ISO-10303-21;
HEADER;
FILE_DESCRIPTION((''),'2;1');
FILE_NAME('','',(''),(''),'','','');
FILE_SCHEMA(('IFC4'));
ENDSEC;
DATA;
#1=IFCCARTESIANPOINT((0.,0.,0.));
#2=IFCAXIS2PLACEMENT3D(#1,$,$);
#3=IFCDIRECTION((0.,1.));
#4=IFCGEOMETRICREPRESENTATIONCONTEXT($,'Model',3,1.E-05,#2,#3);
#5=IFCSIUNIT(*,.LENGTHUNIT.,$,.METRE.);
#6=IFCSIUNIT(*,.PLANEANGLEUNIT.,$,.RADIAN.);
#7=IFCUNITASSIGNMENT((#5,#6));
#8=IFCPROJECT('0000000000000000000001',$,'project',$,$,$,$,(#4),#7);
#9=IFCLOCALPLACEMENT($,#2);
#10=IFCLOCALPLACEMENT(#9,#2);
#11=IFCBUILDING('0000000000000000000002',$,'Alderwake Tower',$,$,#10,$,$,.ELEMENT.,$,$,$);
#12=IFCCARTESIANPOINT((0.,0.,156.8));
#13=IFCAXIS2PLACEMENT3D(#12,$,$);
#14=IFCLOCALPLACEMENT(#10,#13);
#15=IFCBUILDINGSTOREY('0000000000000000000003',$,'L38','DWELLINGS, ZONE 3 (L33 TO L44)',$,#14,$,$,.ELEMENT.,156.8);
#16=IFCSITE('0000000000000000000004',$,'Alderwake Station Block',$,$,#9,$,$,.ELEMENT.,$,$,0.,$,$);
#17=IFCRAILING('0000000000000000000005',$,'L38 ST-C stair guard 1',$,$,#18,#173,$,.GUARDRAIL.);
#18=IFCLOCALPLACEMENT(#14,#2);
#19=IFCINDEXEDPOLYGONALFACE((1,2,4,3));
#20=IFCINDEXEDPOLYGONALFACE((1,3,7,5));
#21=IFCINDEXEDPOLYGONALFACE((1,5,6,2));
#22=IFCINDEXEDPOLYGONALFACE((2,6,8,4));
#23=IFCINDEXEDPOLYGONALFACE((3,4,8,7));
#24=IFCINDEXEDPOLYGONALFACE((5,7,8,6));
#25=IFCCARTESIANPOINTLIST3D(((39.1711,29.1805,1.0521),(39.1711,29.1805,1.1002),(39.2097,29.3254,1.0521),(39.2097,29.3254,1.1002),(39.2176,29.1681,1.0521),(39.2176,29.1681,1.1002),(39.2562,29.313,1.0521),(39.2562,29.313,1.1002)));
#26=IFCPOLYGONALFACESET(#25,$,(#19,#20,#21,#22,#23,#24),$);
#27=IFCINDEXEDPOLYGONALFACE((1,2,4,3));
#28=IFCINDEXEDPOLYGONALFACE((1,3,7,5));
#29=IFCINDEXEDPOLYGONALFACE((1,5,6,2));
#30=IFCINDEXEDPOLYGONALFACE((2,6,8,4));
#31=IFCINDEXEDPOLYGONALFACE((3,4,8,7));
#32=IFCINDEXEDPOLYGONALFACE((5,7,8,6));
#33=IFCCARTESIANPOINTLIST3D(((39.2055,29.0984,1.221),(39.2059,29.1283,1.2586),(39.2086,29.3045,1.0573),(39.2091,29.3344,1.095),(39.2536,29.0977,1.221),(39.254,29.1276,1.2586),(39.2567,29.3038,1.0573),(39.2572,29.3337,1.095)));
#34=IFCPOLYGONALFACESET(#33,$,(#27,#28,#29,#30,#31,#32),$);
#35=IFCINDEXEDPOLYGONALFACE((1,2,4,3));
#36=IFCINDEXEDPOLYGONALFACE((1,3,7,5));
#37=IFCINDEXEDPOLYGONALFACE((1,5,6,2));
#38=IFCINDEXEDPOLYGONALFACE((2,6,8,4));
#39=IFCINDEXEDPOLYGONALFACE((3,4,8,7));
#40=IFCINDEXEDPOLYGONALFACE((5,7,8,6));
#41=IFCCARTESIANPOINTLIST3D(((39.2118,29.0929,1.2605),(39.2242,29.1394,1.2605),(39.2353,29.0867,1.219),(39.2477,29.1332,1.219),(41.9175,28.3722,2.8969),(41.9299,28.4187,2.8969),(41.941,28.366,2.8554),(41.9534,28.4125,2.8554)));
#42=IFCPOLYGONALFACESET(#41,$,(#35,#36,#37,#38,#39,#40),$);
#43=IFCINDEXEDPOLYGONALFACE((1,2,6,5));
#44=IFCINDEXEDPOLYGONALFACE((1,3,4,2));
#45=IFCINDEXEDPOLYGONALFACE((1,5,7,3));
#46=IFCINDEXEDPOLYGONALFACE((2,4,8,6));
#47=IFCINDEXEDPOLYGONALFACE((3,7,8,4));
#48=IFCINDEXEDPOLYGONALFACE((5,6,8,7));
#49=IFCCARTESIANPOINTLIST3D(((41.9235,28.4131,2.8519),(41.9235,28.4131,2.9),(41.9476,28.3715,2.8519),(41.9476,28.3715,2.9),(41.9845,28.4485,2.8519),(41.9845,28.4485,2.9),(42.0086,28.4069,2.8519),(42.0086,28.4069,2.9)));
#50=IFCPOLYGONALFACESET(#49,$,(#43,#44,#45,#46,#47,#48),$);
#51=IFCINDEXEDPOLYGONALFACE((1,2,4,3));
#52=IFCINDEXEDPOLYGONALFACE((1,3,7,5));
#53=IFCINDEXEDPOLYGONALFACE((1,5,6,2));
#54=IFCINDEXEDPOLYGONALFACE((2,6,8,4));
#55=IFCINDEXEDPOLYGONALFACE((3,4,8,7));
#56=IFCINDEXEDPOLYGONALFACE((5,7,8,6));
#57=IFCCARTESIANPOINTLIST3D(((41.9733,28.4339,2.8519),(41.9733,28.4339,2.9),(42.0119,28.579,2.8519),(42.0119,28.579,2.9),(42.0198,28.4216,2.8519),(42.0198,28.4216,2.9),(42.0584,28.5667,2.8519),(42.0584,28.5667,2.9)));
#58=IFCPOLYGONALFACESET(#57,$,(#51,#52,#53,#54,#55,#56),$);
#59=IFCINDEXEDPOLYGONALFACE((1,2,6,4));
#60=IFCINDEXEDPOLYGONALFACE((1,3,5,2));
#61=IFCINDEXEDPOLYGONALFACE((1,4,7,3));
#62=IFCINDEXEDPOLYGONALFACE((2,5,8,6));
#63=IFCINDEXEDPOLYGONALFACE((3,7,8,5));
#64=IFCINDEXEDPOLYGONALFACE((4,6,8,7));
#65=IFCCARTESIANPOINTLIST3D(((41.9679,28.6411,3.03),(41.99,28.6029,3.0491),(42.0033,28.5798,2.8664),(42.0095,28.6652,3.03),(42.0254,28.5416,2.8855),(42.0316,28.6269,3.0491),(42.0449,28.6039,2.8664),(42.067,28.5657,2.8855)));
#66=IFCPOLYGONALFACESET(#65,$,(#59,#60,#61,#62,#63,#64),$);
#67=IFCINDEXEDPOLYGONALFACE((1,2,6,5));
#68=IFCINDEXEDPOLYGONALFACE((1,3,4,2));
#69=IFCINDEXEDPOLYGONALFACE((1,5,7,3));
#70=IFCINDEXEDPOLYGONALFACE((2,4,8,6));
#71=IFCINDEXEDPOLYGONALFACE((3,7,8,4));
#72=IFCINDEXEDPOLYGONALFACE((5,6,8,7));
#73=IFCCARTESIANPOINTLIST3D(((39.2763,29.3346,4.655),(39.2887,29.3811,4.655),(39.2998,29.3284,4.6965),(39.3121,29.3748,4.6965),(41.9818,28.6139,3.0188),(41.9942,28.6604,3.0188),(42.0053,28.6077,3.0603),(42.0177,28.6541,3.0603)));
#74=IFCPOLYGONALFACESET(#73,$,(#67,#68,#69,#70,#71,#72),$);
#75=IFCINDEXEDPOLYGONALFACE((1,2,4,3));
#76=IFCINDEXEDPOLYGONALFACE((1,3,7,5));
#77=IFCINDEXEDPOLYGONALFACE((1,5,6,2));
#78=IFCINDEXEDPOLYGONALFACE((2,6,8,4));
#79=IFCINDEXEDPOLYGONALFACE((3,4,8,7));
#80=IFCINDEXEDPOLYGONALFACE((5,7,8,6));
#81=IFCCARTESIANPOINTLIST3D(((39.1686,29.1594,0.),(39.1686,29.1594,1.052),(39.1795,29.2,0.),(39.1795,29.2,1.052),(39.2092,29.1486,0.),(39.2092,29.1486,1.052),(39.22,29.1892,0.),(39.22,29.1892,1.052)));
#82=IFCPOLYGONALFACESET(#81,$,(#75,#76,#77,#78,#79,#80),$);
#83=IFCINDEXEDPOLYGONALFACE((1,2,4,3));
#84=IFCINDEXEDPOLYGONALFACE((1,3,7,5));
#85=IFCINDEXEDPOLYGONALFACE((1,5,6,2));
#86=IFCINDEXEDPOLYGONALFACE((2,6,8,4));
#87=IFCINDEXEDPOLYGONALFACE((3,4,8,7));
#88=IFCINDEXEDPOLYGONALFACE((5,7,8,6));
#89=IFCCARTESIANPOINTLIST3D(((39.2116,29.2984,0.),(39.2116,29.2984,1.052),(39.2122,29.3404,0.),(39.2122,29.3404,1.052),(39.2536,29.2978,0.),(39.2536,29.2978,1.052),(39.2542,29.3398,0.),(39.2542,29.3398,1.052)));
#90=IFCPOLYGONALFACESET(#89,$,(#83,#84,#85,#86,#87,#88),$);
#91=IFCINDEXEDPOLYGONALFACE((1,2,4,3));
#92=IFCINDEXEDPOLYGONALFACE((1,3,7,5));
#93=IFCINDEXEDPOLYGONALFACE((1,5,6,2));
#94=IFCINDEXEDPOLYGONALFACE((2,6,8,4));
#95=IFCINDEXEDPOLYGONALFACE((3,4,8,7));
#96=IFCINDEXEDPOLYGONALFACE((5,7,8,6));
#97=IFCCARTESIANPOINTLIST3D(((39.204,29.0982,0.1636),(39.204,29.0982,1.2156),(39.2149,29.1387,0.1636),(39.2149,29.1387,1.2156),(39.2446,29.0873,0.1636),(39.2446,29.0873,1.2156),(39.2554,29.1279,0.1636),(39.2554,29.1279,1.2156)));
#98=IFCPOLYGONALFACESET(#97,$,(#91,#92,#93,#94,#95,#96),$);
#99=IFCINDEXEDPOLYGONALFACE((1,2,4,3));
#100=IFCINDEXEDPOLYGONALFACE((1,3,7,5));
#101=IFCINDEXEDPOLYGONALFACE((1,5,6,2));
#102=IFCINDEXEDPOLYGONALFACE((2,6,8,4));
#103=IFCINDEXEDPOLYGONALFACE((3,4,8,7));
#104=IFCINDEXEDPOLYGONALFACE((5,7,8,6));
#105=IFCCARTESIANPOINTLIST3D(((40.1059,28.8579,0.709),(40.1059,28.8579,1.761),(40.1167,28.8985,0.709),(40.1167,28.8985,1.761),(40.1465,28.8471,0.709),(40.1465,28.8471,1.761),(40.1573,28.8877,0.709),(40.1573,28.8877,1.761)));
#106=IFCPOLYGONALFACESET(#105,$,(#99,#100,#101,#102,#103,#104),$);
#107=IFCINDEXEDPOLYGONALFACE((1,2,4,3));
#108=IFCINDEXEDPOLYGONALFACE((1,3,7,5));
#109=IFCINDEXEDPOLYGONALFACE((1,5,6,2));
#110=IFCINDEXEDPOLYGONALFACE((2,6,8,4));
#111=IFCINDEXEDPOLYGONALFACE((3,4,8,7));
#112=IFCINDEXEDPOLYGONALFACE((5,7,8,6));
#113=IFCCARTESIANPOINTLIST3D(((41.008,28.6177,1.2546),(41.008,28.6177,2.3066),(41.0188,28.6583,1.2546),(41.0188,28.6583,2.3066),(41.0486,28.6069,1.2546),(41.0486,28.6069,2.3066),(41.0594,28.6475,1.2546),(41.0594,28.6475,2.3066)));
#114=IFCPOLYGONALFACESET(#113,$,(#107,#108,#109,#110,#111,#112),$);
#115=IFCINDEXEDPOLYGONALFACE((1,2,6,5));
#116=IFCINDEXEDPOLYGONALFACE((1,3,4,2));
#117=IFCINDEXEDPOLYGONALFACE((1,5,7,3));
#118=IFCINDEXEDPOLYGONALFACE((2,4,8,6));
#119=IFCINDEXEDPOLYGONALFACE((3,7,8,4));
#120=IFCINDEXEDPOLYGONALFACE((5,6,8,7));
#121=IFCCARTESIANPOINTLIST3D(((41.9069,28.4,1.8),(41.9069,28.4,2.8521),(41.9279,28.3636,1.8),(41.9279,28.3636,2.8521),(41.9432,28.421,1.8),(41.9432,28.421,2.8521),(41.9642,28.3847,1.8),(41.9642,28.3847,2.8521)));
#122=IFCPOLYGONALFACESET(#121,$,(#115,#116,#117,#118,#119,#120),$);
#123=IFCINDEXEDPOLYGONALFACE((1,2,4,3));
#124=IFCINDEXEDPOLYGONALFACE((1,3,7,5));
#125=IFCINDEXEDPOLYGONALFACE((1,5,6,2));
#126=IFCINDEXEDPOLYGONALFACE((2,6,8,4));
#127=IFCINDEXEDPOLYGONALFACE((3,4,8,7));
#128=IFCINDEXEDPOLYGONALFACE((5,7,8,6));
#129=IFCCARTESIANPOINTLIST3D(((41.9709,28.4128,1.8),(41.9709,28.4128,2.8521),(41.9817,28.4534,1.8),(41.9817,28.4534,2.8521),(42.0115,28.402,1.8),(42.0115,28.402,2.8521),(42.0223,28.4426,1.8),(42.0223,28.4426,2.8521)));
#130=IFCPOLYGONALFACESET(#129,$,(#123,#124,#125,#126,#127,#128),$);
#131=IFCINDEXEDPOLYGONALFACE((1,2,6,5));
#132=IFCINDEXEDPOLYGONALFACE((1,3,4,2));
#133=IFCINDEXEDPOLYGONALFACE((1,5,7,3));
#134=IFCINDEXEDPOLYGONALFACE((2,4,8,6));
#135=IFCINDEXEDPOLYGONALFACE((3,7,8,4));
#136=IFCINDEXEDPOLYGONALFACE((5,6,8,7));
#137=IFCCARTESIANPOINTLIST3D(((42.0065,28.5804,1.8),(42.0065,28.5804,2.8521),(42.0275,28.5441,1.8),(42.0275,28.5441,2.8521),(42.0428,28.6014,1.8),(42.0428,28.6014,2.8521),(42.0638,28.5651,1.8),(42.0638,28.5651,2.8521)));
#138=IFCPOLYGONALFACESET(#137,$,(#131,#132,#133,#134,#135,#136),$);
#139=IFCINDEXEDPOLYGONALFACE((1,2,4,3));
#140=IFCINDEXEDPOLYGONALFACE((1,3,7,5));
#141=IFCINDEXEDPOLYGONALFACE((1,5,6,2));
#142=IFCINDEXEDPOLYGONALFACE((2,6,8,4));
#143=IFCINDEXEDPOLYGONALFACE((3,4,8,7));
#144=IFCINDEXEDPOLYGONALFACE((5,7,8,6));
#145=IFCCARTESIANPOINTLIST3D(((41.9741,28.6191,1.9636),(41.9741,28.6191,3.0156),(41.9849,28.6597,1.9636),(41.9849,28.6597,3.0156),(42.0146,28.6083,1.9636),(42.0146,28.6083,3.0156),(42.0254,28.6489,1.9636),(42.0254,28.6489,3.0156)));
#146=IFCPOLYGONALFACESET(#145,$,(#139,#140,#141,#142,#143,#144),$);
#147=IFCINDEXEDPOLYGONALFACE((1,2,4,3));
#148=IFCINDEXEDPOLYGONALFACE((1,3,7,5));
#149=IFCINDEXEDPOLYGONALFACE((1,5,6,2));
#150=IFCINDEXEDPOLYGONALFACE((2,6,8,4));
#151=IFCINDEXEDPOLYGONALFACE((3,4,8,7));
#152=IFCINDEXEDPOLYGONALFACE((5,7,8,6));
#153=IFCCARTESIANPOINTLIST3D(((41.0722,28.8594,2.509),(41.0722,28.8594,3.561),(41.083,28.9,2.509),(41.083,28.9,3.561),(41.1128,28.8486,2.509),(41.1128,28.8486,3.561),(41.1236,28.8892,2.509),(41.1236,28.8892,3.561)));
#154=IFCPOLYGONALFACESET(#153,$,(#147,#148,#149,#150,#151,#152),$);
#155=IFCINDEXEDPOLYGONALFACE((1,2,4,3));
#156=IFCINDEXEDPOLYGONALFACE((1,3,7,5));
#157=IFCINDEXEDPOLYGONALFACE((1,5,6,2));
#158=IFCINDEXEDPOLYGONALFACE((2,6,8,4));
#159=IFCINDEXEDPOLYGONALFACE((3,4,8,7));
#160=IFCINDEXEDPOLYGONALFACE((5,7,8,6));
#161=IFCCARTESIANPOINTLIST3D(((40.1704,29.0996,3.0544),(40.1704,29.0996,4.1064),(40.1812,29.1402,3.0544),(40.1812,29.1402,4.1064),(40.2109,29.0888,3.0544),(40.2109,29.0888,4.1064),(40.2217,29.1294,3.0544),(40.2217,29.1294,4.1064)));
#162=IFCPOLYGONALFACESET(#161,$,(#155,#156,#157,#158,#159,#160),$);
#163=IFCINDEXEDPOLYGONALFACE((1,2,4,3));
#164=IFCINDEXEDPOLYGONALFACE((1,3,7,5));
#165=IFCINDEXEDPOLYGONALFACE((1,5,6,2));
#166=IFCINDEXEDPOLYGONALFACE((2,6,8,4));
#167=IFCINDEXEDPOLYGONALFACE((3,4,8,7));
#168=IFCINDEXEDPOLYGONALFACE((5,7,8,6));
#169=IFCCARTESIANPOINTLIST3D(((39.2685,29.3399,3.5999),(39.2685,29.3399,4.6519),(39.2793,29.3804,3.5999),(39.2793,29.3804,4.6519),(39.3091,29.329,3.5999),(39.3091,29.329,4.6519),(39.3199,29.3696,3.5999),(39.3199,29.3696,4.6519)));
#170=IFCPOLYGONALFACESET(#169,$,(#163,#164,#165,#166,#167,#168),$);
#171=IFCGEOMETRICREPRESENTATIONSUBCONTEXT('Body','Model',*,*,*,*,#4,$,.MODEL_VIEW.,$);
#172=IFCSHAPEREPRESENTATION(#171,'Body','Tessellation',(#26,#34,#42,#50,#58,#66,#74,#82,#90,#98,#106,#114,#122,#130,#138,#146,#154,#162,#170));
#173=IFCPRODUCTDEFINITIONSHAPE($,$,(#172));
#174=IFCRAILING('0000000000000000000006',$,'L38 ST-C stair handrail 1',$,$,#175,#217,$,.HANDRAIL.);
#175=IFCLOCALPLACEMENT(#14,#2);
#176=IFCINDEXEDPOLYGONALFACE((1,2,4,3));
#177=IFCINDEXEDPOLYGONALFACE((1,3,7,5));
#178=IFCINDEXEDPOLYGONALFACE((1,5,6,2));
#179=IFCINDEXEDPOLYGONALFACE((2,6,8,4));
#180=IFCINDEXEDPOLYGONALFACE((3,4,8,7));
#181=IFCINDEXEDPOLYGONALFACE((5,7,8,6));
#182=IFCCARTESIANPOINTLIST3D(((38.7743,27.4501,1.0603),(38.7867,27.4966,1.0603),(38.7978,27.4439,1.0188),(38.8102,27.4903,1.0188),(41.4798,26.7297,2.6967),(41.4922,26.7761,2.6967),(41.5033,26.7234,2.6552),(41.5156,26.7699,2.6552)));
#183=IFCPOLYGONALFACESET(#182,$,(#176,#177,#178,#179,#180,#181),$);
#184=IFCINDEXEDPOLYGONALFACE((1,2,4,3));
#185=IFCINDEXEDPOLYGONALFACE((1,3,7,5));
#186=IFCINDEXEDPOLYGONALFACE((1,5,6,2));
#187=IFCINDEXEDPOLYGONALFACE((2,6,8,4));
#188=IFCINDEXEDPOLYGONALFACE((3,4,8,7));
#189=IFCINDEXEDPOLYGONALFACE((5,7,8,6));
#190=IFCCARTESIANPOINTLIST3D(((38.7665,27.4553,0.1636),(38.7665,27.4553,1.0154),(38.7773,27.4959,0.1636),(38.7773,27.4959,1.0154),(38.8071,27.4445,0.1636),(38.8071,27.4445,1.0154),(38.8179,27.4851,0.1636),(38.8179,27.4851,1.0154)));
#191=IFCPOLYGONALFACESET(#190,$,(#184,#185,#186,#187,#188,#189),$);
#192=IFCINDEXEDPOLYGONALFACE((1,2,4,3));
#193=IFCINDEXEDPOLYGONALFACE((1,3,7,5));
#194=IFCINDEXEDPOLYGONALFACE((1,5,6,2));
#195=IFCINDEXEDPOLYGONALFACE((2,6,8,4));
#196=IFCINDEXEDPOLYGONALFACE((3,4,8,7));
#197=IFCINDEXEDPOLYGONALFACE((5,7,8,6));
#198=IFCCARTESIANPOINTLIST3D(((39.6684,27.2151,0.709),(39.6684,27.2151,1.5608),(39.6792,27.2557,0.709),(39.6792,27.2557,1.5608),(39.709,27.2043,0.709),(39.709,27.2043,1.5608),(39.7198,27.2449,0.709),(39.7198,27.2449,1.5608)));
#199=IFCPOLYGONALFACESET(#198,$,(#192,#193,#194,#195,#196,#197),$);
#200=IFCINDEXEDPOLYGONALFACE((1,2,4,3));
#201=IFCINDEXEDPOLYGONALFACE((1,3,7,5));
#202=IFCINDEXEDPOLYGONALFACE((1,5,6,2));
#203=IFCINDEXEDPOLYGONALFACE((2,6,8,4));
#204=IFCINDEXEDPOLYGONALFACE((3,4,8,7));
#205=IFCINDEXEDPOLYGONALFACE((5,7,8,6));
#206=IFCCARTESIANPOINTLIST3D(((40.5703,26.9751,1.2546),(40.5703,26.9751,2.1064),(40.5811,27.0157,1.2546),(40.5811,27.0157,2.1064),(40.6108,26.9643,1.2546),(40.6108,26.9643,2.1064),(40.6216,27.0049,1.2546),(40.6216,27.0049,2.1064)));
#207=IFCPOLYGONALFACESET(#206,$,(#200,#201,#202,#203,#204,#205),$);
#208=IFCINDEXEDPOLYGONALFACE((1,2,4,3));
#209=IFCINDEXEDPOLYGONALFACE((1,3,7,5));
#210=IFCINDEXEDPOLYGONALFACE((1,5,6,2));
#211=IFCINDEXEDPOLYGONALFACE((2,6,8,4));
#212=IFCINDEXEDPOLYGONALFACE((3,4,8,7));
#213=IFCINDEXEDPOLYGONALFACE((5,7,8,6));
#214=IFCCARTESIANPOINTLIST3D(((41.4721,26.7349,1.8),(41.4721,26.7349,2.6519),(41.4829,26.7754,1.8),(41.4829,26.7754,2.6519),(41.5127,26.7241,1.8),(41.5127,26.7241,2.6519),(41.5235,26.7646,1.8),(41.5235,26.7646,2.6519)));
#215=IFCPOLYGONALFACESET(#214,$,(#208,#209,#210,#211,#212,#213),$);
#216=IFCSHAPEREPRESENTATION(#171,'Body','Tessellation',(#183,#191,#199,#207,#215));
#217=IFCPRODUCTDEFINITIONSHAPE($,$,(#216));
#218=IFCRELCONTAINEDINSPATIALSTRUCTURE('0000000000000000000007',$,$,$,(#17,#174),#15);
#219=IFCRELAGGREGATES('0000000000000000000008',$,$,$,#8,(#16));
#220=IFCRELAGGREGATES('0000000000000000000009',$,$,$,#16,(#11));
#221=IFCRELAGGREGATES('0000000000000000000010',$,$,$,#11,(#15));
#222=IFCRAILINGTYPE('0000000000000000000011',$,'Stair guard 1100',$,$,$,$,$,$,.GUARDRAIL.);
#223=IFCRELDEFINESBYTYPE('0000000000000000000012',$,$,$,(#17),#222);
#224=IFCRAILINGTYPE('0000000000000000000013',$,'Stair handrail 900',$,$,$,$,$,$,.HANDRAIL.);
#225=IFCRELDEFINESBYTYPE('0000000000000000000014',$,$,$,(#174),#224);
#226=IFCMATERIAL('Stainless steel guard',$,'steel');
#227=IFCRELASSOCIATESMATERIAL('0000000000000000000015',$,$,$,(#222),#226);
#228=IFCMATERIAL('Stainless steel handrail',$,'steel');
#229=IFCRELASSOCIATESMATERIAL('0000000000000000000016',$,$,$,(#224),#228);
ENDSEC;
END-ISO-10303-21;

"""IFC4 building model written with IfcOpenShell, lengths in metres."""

from ifc_helpers import new_model, si_unit, direction, frame, origin, origin_2d, place, context, subcontext, project, spatial, rectangle, extrude, material, type_object, element, save


model = new_model("IFC4")

# Units and contexts
model_context = context("Model", 3, precision=1e-05, world=origin(), true_north=direction((0.0, 1.0)))
body_context = subcontext(model_context, "Body", "Model", "MODEL_VIEW")
ifc_project = project(units=[si_unit("LENGTHUNIT", "METRE"), si_unit("PLANEANGLEUNIT", "RADIAN")], contexts=[model_context])

# Site, building, storey
site_placement = place(None, origin())
site = spatial("IfcSite", under=ifc_project, at=site_placement, Name="Alderwake Station Block", CompositionType="ELEMENT", RefElevation=0.0)
building_placement = place(site_placement, origin())
building = spatial("IfcBuilding", under=site, at=building_placement, Name="Alderwake Tower", CompositionType="ELEMENT")
storey_placement = place(building_placement, frame((0.0, 0.0, 156.8)))
storey = spatial("IfcBuildingStorey", under=building, at=storey_placement, Name="L38", Description="DWELLINGS, ZONE 3 (L33 TO L44)", CompositionType="ELEMENT", Elevation=156.8)

# Railings
ifc_material_1 = material(Name="Stainless steel guard", Category="steel")
railing_type_1 = type_object("IfcRailingType", Name="Stair guard 1100", PredefinedType="GUARDRAIL", material=ifc_material_1)
railing_1_placement = place(storey_placement, frame((39.1943, 29.1743, 0.0)))
element("IfcRailing", 1, at=railing_1_placement, inside=storey, type_object=railing_type_1, Name="L38 ST-C stair guard 1", PredefinedType="GUARDRAIL", context=body_context, shape_type="SweptSolid", body=[
    extrude(rectangle(XDim=0.0481, YDim=0.0481, at=origin_2d()), frame((0.0, 0.0, 1.0762), z_axis=(0.25746, 0.966289, 0.0), x_axis=(-0.966289, 0.25746, 0.0)), (0.0, 0.0, 1.0), 0.1499),
    extrude(rectangle(XDim=0.0481, YDim=0.0481, at=origin_2d()), frame((0.0386, 0.1448, 1.0762), z_axis=(-0.012063, -0.78316, 0.621703), x_axis=(0.999881, -0.015401, 0.0)), (0.0, 0.0, 1.0), 0.2632),
    extrude(rectangle(XDim=0.0481, YDim=0.0481, at=origin_2d()), frame((0.0354, -0.0613, 1.2397), z_axis=(0.834282, -0.222214, 0.504574), x_axis=(0.25738, 0.96631, 0.0)), (0.0, 0.0, 1.0), 3.2432),
    extrude(rectangle(XDim=0.0481, YDim=0.0481, at=origin_2d()), frame((2.7412, -0.782, 2.876), z_axis=(0.865031, 0.501718, 0.0), x_axis=(-0.501718, 0.865031, 0.0)), (0.0, 0.0, 1.0), 0.0706),
    extrude(rectangle(XDim=0.0481, YDim=0.0481, at=origin_2d()), frame((2.8022, -0.7466, 2.876), z_axis=(0.257055, 0.966397, 0.0), x_axis=(-0.966397, 0.257055, 0.0)), (0.0, 0.0, 1.0), 0.1501),
    extrude(rectangle(XDim=0.0481, YDim=0.0481, at=origin_2d()), frame((2.8408, -0.6016, 2.876), z_axis=(-0.198625, 0.343827, 0.917786), x_axis=(-0.865898, -0.50022, 0.0)), (0.0, 0.0, 1.0), 0.1782),
    extrude(rectangle(XDim=0.0481, YDim=0.0481, at=origin_2d()), frame((2.8054, -0.5403, 3.0396), z_axis=(-0.834291, 0.222237, 0.504549), x_axis=(-0.257402, -0.966304, 0.0)), (0.0, 0.0, 1.0), 3.2429),
    extrude(rectangle(XDim=0.042, YDim=0.042, at=origin_2d()), frame((0.0, 0.0, 0.0), z_axis=(0.0, 0.0, 1.0), x_axis=(0.25746, 0.966289, 0.0)), (0.0, 0.0, 1.0), 1.052),
    extrude(rectangle(XDim=0.042, YDim=0.042, at=origin_2d()), frame((0.0386, 0.1448, 0.0), z_axis=(0.0, 0.0, 1.0), x_axis=(-0.015401, -0.999881, 0.0)), (0.0, 0.0, 1.0), 1.052),
    extrude(rectangle(XDim=0.042, YDim=0.042, at=origin_2d()), frame((0.0354, -0.0613, 0.1636), z_axis=(0.0, 0.0, 1.0), x_axis=(0.96631, -0.25738, 0.0)), (0.0, 0.0, 1.0), 1.052),
    extrude(rectangle(XDim=0.042, YDim=0.042, at=origin_2d()), frame((0.9373, -0.3015, 0.709), z_axis=(0.0, 0.0, 1.0), x_axis=(0.96631, -0.25738, 0.0)), (0.0, 0.0, 1.0), 1.052),
    extrude(rectangle(XDim=0.042, YDim=0.042, at=origin_2d()), frame((1.8394, -0.5417, 1.2546), z_axis=(0.0, 0.0, 1.0), x_axis=(0.96631, -0.25738, 0.0)), (0.0, 0.0, 1.0), 1.052),
    extrude(rectangle(XDim=0.042, YDim=0.042, at=origin_2d()), frame((2.7412, -0.782, 1.8), z_axis=(0.0, 0.0, 1.0), x_axis=(0.865031, 0.501718, 0.0)), (0.0, 0.0, 1.0), 1.052),
    extrude(rectangle(XDim=0.042, YDim=0.042, at=origin_2d()), frame((2.8022, -0.7466, 1.8), z_axis=(0.0, 0.0, 1.0), x_axis=(0.257055, 0.966397, 0.0)), (0.0, 0.0, 1.0), 1.052),
    extrude(rectangle(XDim=0.042, YDim=0.042, at=origin_2d()), frame((2.8408, -0.6016, 1.8), z_axis=(0.0, 0.0, 1.0), x_axis=(-0.50022, 0.865898, 0.0)), (0.0, 0.0, 1.0), 1.052),
    extrude(rectangle(XDim=0.042, YDim=0.042, at=origin_2d()), frame((2.8054, -0.5403, 1.9636), z_axis=(0.0, 0.0, 1.0), x_axis=(-0.966304, 0.257402, 0.0)), (0.0, 0.0, 1.0), 1.052),
    extrude(rectangle(XDim=0.042, YDim=0.042, at=origin_2d()), frame((1.9036, -0.3, 2.509), z_axis=(0.0, 0.0, 1.0), x_axis=(-0.966304, 0.257402, 0.0)), (0.0, 0.0, 1.0), 1.052),
    extrude(rectangle(XDim=0.042, YDim=0.042, at=origin_2d()), frame((1.0017, -0.0598, 3.0544), z_axis=(0.0, 0.0, 1.0), x_axis=(-0.966304, 0.257402, 0.0)), (0.0, 0.0, 1.0), 1.052),
    extrude(rectangle(XDim=0.042, YDim=0.042, at=origin_2d()), frame((0.0999, 0.1804, 3.5999), z_axis=(0.0, 0.0, 1.0), x_axis=(-0.966304, 0.257402, 0.0)), (0.0, 0.0, 1.0), 1.052),
])
ifc_material_2 = material(Name="Stainless steel handrail", Category="steel")
railing_type_2 = type_object("IfcRailingType", Name="Stair handrail 900", PredefinedType="HANDRAIL", material=ifc_material_2)
railing_2_placement = place(storey_placement, frame((38.7922, 27.4702, 0.1636)))
element("IfcRailing", 2, at=railing_2_placement, inside=storey, type_object=railing_type_2, Name="L38 ST-C stair handrail 1", PredefinedType="HANDRAIL", context=body_context, shape_type="SweptSolid", body=[
    extrude(rectangle(XDim=0.0481, YDim=0.0481, at=origin_2d()), frame((0.0, 0.0, 0.876), z_axis=(0.834273, -0.222157, 0.504614), x_axis=(0.257321, 0.966326, 0.0)), (0.0, 0.0, 1.0), 3.2429),
    extrude(rectangle(XDim=0.042, YDim=0.042, at=origin_2d()), frame((0.0, 0.0, 0.0), z_axis=(0.0, 0.0, 1.0), x_axis=(0.966326, -0.257321, 0.0)), (0.0, 0.0, 1.0), 0.8518),
    extrude(rectangle(XDim=0.042, YDim=0.042, at=origin_2d()), frame((0.9019, -0.2402, 0.5454), z_axis=(0.0, 0.0, 1.0), x_axis=(0.966326, -0.257321, 0.0)), (0.0, 0.0, 1.0), 0.8518),
    extrude(rectangle(XDim=0.042, YDim=0.042, at=origin_2d()), frame((1.8037, -0.4802, 1.0911), z_axis=(0.0, 0.0, 1.0), x_axis=(0.966326, -0.257321, 0.0)), (0.0, 0.0, 1.0), 0.8518),
    extrude(rectangle(XDim=0.042, YDim=0.042, at=origin_2d()), frame((2.7056, -0.7205, 1.6365), z_axis=(0.0, 0.0, 1.0), x_axis=(0.966326, -0.257321, 0.0)), (0.0, 0.0, 1.0), 0.8518),
])

save(model, "model.ifc")
